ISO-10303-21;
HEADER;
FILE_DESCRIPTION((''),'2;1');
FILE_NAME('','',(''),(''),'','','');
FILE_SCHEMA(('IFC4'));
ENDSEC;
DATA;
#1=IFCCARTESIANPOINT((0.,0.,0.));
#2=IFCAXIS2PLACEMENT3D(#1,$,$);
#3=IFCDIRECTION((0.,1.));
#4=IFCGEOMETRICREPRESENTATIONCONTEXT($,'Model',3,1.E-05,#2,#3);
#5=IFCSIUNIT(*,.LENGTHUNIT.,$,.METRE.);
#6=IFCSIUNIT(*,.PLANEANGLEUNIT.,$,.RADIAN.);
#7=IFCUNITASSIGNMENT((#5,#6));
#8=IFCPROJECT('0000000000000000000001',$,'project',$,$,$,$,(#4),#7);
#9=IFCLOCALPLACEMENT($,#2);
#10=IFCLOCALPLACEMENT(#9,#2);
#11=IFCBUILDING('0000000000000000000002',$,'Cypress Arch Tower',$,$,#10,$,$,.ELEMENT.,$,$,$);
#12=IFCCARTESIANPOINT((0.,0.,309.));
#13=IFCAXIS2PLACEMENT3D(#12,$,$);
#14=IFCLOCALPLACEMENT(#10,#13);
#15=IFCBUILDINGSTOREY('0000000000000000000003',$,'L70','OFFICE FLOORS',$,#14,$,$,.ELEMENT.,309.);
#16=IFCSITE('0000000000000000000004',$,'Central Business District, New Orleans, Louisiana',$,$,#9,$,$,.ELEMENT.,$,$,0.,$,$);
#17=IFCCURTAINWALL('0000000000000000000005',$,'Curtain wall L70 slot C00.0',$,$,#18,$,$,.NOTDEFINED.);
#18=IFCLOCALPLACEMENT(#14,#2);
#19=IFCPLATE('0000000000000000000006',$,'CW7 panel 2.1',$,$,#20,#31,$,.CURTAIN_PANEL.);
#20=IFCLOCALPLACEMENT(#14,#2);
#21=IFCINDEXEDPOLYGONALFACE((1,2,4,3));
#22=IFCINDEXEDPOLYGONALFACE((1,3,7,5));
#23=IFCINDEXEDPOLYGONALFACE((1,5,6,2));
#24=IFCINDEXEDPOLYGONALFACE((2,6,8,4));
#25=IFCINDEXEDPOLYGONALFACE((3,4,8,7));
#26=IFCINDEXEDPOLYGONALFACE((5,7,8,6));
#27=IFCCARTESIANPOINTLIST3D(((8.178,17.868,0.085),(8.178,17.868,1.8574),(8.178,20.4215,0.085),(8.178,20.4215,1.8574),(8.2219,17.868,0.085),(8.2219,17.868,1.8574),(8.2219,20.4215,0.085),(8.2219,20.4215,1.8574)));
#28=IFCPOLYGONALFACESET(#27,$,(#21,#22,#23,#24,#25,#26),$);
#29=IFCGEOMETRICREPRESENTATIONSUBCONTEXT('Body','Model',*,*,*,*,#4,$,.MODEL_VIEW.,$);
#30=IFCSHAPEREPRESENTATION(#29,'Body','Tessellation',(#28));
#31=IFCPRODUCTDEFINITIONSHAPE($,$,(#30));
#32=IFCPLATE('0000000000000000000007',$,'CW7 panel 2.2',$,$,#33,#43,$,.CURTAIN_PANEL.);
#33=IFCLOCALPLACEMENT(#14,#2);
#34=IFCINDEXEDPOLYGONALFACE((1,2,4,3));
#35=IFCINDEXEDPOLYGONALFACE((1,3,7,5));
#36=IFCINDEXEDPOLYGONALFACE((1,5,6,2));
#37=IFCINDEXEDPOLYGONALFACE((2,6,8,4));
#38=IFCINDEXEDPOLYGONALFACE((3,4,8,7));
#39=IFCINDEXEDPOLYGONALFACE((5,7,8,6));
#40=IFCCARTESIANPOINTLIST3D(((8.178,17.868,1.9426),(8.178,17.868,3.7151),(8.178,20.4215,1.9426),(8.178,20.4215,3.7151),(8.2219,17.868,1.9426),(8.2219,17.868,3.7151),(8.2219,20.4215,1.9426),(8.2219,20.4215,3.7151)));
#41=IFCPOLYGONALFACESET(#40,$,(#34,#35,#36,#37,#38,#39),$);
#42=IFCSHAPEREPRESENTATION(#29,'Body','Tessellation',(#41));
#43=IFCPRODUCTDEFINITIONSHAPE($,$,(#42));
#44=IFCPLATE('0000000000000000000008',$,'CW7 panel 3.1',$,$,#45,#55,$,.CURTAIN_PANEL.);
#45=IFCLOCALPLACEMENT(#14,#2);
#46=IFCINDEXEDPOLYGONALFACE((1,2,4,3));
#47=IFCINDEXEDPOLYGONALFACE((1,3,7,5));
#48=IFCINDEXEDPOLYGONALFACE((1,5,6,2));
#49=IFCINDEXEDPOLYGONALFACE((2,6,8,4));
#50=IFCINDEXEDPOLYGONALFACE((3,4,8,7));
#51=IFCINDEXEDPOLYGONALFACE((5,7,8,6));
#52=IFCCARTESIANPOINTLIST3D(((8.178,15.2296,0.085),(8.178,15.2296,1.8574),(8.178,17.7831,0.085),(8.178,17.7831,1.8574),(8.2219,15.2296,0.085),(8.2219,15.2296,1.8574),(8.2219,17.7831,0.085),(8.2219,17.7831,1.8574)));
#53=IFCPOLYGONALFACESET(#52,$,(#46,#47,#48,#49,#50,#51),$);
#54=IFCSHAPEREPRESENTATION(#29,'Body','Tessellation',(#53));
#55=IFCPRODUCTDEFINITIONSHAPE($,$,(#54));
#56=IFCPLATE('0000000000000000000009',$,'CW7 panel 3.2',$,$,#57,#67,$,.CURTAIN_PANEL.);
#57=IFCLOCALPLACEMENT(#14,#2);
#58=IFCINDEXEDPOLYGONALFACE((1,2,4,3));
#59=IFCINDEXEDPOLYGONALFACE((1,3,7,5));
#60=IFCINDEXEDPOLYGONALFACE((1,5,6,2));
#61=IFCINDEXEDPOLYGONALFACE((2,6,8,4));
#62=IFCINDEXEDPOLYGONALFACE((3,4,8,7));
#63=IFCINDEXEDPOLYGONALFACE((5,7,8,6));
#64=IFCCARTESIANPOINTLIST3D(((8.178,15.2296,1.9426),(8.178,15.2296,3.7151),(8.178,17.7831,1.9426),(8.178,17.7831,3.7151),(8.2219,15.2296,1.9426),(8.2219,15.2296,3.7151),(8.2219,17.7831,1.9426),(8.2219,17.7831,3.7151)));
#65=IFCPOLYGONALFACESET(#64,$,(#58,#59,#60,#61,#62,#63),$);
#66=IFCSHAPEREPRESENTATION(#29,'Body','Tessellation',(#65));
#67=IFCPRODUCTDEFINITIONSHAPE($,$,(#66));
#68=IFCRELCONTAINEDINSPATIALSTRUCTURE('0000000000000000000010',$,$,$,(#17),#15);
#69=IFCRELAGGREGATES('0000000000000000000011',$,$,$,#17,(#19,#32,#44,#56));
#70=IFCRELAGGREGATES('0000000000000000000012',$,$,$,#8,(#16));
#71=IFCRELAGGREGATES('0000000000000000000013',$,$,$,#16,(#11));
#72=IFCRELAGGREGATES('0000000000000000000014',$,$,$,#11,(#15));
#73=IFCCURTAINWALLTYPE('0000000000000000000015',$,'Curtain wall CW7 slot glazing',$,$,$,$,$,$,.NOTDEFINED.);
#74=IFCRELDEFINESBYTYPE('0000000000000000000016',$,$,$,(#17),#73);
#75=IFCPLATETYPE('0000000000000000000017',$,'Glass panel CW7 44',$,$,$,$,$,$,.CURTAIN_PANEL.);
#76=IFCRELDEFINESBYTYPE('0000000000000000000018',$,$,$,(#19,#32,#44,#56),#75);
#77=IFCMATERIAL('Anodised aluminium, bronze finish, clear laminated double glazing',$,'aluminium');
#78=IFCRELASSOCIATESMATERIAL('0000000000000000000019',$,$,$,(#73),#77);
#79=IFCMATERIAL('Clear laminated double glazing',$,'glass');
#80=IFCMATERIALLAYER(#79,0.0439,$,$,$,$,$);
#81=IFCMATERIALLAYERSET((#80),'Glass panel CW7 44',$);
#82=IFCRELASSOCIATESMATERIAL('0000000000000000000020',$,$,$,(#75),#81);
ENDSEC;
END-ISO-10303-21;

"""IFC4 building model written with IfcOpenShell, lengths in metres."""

from ifc_helpers import new_model, si_unit, direction, frame, origin, origin_2d, place, context, subcontext, project, spatial, rectangle, extrude, material, layer, layer_set, type_object, element, aggregate, save


model = new_model("IFC4")

# Units and contexts
model_context = context("Model", 3, precision=1e-05, world=origin(), true_north=direction((0.0, 1.0)))
body_context = subcontext(model_context, "Body", "Model", "MODEL_VIEW")
ifc_project = project(units=[si_unit("LENGTHUNIT", "METRE"), si_unit("PLANEANGLEUNIT", "RADIAN")], contexts=[model_context])

# Site, building, storey
site_placement = place(None, origin())
site = spatial("IfcSite", under=ifc_project, at=site_placement, Name="Central Business District, New Orleans, Louisiana", CompositionType="ELEMENT", RefElevation=0.0)
building_placement = place(site_placement, origin())
building = spatial("IfcBuilding", under=site, at=building_placement, Name="Cypress Arch Tower", CompositionType="ELEMENT")
storey_placement = place(building_placement, frame((0.0, 0.0, 309.0)))
storey = spatial("IfcBuildingStorey", under=building, at=storey_placement, Name="L70", Description="OFFICE FLOORS", CompositionType="ELEMENT", Elevation=309.0)

# Curtain wall, plates
ifc_material_1 = material(Name="Anodised aluminium, bronze finish, clear laminated double glazing", Category="aluminium")
curtain_wall_type = type_object("IfcCurtainWallType", Name="Curtain wall CW7 slot glazing", PredefinedType="NOTDEFINED", material=ifc_material_1)
curtain_wall_placement = place(storey_placement, origin())
curtain_wall = element("IfcCurtainWall", 1, at=curtain_wall_placement, inside=storey, type_object=curtain_wall_type, Name="Curtain wall L70 slot C00.0", PredefinedType="NOTDEFINED")
ifc_material_2 = material(Name="Clear laminated double glazing", Category="glass")
ifc_layer = layer(ifc_material_2, 0.0439)
ifc_layer_set = layer_set([ifc_layer], Name="Glass panel CW7 44")
plate_type = type_object("IfcPlateType", Name="Glass panel CW7 44", PredefinedType="CURTAIN_PANEL", material=ifc_layer_set)
plate_1_placement = place(storey_placement, frame((8.2, 19.1448, 0.085), z_axis=(0.0, 0.0, 1.0), x_axis=(0.0, -1.0, 0.0)))
plate_1 = element("IfcPlate", 2, at=plate_1_placement, type_object=plate_type, Name="CW7 panel 2.1", PredefinedType="CURTAIN_PANEL", context=body_context, shape_type="SweptSolid", body=[
    extrude(rectangle(XDim=2.5535, YDim=0.0439, at=origin_2d()), origin(), (0.0, 0.0, 1.0), 1.7725),
])
plate_2_placement = place(storey_placement, frame((8.2, 19.1448, 1.9426), z_axis=(0.0, 0.0, 1.0), x_axis=(0.0, -1.0, 0.0)))
plate_2 = element("IfcPlate", 3, at=plate_2_placement, type_object=plate_type, Name="CW7 panel 2.2", PredefinedType="CURTAIN_PANEL", context=body_context, shape_type="SweptSolid", body=[
    extrude(rectangle(XDim=2.5535, YDim=0.0439, at=origin_2d()), origin(), (0.0, 0.0, 1.0), 1.7725),
])
plate_3_placement = place(storey_placement, frame((8.2, 16.5063, 0.085), z_axis=(0.0, 0.0, 1.0), x_axis=(0.0, -1.0, 0.0)))
plate_3 = element("IfcPlate", 4, at=plate_3_placement, type_object=plate_type, Name="CW7 panel 3.1", PredefinedType="CURTAIN_PANEL", context=body_context, shape_type="SweptSolid", body=[
    extrude(rectangle(XDim=2.5535, YDim=0.0439, at=origin_2d()), origin(), (0.0, 0.0, 1.0), 1.7725),
])
plate_4_placement = place(storey_placement, frame((8.2, 16.5063, 1.9426), z_axis=(0.0, 0.0, 1.0), x_axis=(0.0, -1.0, 0.0)))
plate_4 = element("IfcPlate", 5, at=plate_4_placement, type_object=plate_type, Name="CW7 panel 3.2", PredefinedType="CURTAIN_PANEL", context=body_context, shape_type="SweptSolid", body=[
    extrude(rectangle(XDim=2.5535, YDim=0.0439, at=origin_2d()), origin(), (0.0, 0.0, 1.0), 1.7725),
])
aggregate(curtain_wall, [plate_1, plate_2, plate_3, plate_4])

save(model, "model.ifc")
